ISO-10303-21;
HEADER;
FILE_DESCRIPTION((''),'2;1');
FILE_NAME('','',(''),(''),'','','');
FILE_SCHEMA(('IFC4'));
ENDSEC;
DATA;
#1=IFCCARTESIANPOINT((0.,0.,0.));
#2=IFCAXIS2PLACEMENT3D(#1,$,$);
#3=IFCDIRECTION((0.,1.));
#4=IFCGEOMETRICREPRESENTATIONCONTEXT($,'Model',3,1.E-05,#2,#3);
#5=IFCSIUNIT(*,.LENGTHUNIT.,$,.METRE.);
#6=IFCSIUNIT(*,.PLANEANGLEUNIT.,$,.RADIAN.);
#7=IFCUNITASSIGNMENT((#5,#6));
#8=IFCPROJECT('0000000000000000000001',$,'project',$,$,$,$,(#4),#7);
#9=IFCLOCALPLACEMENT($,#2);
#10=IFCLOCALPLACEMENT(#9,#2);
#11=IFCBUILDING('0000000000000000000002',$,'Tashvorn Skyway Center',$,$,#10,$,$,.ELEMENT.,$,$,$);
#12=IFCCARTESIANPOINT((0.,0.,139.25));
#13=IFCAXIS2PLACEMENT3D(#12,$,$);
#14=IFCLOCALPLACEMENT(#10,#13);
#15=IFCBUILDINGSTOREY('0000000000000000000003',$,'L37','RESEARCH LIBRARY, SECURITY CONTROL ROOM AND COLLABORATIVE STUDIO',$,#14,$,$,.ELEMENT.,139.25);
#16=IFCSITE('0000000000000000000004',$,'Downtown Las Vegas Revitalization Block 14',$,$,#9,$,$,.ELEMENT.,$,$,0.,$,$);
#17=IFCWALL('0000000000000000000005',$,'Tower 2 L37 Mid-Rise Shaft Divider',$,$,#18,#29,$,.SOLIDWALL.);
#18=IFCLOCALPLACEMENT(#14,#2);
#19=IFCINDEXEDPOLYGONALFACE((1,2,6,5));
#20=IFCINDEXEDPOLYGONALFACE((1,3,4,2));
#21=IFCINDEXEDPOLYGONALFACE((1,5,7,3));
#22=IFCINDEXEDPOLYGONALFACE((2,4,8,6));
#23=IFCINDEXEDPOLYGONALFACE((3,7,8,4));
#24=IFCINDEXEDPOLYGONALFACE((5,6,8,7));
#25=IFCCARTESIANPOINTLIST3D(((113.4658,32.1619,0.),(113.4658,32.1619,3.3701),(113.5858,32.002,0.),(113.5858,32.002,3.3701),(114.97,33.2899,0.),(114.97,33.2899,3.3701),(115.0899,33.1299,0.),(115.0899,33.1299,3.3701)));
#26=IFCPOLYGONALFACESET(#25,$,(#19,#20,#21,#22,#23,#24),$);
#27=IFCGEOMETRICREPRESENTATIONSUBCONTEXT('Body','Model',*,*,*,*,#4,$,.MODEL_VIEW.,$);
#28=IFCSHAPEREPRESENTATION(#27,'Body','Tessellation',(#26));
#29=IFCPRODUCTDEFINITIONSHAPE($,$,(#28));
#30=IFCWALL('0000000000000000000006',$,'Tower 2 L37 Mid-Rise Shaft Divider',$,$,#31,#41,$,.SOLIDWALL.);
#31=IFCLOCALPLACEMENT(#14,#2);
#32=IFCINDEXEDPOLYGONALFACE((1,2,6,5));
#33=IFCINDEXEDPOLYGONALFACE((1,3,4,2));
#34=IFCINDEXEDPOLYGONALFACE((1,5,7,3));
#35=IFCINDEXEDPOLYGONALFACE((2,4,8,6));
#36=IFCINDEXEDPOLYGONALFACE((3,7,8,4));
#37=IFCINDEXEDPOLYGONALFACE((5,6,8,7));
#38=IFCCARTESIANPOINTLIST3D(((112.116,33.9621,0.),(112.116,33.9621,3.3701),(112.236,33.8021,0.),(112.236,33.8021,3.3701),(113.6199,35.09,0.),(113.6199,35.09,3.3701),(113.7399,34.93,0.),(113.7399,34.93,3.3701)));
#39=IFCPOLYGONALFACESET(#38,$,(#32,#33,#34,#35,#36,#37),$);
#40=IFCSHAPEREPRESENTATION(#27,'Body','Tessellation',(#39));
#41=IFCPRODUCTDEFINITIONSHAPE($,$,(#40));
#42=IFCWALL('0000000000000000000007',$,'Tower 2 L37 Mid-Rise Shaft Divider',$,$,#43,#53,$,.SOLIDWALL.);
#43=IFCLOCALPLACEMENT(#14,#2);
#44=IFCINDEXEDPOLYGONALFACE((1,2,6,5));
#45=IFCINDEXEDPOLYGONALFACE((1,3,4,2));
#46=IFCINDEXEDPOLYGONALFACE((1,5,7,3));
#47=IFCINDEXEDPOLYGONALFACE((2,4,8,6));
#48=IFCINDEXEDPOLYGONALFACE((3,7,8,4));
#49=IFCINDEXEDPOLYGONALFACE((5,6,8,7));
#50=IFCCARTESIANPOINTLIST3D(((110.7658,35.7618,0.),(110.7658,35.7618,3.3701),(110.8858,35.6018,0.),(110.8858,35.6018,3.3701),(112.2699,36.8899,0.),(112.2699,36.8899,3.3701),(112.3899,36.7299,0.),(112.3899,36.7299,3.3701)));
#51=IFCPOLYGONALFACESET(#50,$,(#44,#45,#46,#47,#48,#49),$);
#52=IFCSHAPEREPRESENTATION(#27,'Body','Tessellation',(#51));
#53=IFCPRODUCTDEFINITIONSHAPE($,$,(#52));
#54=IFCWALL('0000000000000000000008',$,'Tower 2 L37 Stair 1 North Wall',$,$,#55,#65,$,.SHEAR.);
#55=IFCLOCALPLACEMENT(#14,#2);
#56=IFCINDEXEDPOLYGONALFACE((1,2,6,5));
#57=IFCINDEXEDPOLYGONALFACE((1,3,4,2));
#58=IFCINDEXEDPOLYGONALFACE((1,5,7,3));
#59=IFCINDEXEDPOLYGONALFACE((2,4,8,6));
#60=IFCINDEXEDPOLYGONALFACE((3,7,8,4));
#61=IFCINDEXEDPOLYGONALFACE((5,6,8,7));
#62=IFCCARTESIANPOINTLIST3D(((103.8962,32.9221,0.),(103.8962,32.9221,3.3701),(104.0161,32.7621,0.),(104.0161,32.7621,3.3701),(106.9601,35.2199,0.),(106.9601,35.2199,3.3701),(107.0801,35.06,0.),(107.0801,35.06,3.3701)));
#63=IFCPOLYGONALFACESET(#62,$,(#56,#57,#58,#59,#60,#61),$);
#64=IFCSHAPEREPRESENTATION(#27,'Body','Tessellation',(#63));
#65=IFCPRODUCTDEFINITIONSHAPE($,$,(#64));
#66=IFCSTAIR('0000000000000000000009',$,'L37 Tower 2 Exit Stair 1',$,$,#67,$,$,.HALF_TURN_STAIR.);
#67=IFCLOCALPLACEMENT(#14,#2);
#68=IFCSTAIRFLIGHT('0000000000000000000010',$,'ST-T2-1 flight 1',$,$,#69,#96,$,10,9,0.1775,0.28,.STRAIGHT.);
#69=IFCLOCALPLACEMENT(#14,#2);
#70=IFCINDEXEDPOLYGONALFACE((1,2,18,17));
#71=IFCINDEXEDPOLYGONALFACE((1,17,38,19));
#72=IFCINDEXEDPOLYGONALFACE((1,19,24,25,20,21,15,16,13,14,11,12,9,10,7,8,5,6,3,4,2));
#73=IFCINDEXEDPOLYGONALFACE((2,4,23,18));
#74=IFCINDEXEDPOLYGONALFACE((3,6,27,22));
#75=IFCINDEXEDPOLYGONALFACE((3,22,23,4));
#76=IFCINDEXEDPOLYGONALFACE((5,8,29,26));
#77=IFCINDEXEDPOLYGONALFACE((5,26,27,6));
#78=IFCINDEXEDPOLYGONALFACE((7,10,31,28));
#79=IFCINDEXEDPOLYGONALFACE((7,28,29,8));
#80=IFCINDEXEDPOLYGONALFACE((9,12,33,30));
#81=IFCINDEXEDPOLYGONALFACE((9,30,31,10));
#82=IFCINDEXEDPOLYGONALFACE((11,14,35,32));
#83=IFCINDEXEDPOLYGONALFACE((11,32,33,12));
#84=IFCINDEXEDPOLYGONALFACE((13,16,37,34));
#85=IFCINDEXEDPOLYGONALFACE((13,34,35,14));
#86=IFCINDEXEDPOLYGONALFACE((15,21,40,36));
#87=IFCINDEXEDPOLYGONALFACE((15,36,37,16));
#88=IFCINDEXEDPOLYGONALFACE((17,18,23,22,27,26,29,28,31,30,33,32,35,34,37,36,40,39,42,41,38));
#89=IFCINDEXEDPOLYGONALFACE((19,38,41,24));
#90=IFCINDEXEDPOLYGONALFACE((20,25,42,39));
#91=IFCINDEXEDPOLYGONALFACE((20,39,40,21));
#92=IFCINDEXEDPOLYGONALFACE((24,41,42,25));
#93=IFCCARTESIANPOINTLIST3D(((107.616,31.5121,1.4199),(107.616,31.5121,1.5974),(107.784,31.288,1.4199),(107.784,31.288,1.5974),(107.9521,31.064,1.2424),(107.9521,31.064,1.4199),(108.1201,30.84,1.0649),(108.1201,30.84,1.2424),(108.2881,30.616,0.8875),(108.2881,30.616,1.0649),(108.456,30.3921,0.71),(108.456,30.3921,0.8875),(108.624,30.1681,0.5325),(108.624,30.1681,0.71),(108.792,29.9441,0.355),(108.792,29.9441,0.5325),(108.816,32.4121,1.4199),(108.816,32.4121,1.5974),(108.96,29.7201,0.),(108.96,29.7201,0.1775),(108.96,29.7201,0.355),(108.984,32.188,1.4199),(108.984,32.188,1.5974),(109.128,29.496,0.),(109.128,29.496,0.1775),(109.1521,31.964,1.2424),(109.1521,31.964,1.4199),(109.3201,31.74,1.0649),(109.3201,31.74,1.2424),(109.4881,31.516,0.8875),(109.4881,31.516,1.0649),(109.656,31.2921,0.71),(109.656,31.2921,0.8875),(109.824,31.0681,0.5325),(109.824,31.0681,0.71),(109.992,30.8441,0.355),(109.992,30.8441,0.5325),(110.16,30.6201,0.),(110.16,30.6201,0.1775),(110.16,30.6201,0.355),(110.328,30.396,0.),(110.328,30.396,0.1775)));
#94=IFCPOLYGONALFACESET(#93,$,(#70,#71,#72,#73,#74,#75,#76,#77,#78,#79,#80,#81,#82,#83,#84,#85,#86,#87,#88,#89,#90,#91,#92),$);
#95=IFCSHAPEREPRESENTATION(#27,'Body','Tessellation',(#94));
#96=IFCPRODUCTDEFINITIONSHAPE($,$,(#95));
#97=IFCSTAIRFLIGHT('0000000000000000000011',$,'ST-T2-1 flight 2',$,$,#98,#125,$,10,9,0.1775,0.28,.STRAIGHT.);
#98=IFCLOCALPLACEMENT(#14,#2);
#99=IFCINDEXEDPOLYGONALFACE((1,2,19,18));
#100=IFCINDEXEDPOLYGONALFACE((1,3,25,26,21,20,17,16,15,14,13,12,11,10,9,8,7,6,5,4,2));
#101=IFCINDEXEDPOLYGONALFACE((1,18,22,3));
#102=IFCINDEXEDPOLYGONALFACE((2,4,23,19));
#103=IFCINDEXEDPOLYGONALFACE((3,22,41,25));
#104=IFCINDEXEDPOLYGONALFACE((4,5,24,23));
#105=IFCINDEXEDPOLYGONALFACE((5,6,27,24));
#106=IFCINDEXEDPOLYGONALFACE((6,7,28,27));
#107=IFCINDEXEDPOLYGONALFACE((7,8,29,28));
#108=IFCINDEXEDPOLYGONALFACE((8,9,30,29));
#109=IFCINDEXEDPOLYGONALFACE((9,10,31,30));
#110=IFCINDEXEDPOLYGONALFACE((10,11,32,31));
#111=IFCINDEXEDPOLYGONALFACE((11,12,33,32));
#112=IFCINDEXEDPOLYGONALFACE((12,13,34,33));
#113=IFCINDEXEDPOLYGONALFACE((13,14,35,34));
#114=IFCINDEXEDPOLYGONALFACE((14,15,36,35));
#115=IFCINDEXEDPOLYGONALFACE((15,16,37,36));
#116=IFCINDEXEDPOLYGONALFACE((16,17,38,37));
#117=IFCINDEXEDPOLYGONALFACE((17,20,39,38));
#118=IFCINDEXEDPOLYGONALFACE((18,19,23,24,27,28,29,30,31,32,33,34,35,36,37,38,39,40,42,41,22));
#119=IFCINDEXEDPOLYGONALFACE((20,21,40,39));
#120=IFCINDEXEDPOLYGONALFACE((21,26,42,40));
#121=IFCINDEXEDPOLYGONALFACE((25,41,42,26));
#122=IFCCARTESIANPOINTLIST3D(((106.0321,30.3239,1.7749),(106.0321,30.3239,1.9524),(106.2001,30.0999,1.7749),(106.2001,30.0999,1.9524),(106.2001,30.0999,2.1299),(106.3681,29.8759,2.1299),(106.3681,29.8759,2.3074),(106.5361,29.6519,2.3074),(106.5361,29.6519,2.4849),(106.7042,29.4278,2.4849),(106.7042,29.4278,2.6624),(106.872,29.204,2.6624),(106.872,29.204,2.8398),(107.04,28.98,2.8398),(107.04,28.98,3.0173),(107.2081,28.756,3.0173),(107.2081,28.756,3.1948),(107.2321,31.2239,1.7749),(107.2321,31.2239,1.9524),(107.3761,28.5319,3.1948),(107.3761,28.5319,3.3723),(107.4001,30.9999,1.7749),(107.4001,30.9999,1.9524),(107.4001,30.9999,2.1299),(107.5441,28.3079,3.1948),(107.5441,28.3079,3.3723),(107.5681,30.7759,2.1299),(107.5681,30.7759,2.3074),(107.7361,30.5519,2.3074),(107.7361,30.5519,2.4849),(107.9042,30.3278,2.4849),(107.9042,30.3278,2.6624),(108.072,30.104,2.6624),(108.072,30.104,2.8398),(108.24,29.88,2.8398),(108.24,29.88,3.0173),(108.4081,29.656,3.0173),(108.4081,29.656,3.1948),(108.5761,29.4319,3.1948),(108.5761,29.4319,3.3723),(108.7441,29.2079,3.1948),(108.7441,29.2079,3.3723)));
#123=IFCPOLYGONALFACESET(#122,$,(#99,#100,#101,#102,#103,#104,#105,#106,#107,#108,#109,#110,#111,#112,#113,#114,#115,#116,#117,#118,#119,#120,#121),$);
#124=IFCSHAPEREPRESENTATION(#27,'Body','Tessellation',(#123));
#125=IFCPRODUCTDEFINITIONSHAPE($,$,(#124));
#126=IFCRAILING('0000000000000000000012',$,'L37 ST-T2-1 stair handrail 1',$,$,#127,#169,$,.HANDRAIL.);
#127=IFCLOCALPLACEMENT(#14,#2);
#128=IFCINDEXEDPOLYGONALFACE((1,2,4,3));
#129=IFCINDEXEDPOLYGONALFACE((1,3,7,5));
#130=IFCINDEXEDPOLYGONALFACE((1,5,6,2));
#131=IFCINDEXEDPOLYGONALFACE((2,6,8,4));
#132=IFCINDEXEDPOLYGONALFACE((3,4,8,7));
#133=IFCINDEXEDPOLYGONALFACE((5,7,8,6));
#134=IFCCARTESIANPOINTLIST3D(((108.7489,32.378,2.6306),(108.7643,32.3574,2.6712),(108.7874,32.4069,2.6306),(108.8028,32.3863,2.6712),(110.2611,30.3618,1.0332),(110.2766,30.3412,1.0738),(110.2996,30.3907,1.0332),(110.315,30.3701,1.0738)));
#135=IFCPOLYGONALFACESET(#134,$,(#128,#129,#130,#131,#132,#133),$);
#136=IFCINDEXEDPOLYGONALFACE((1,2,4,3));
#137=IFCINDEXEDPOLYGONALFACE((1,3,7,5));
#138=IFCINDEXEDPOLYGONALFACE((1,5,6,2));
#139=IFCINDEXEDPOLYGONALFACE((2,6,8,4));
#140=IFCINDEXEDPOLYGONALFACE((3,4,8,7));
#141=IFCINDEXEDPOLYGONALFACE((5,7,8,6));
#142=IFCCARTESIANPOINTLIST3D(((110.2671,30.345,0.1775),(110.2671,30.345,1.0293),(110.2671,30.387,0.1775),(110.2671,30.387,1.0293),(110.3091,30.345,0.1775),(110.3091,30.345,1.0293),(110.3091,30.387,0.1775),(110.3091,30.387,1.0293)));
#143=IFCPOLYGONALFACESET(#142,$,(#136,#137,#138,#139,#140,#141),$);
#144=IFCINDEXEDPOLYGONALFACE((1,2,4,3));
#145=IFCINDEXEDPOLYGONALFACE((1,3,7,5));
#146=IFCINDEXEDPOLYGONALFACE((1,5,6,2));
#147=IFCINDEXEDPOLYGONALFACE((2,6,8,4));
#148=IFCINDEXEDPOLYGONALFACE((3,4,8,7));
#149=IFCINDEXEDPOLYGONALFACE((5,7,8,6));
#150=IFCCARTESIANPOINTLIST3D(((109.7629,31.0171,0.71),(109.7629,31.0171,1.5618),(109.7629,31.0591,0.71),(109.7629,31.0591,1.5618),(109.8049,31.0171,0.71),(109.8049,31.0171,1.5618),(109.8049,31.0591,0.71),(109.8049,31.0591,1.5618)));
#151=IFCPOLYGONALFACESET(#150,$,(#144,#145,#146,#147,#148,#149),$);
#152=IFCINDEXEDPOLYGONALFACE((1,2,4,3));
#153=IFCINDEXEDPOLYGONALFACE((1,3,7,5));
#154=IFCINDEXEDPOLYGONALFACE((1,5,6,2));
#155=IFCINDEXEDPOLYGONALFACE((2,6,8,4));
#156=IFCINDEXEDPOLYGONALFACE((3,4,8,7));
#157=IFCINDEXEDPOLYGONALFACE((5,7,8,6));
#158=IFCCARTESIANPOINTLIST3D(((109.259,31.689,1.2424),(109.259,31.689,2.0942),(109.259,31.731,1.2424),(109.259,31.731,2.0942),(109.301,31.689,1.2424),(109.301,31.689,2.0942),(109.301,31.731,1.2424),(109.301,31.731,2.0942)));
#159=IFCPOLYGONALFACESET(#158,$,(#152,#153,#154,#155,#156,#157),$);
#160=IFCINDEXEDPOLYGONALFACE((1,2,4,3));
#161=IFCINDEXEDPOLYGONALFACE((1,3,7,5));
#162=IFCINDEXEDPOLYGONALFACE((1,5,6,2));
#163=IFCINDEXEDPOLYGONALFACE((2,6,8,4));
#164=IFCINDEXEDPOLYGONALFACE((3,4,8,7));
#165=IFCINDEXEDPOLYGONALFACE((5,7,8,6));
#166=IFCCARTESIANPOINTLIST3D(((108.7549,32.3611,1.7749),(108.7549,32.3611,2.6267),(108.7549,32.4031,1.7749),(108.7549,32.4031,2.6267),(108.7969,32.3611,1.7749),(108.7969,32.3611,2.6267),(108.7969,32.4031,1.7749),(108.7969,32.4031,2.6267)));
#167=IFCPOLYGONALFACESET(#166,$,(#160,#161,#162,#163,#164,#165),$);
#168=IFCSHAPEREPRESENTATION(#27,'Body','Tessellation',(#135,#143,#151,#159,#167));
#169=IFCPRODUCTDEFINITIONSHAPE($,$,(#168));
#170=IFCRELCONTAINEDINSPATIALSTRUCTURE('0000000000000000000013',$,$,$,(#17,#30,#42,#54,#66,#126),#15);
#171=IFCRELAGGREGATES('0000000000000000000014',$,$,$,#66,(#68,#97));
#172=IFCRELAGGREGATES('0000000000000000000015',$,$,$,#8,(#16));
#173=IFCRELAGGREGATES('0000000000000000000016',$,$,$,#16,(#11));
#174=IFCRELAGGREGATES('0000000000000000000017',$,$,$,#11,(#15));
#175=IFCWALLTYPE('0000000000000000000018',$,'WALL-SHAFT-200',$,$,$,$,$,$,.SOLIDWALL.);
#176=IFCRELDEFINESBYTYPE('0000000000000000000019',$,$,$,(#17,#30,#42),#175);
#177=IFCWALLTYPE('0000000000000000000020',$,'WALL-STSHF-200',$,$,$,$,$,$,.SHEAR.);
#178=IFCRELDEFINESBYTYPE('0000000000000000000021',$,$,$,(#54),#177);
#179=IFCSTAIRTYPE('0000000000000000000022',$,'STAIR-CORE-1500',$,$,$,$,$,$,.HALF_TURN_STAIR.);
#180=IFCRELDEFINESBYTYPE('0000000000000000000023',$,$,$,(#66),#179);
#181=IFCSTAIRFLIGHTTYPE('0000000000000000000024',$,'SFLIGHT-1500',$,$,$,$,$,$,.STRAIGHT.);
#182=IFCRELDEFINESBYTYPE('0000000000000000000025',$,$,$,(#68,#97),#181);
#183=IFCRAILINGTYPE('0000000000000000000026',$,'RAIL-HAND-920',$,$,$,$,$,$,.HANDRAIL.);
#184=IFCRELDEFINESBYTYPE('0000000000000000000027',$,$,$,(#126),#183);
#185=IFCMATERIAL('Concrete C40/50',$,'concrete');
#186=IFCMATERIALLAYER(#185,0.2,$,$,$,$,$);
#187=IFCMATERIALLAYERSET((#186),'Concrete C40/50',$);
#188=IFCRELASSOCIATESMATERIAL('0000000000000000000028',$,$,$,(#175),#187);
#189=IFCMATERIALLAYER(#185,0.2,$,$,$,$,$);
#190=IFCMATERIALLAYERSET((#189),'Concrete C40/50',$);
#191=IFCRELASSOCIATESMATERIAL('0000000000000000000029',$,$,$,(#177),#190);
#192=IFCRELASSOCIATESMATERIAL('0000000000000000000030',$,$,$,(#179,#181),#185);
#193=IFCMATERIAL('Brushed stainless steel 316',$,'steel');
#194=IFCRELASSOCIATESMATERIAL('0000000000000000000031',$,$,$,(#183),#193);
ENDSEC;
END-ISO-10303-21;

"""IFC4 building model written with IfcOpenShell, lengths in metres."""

from ifc_helpers import new_model, si_unit, direction, frame, frame_2d, origin, origin_2d, place, context, subcontext, project, spatial, polyline, rectangle, outline, extrude, material, layer, layer_set, type_object, element, aggregate, save


model = new_model("IFC4")

# Units and contexts
model_context = context("Model", 3, precision=1e-05, world=origin(), true_north=direction((0.0, 1.0)))
body_context = subcontext(model_context, "Body", "Model", "MODEL_VIEW")
ifc_project = project(units=[si_unit("LENGTHUNIT", "METRE"), si_unit("PLANEANGLEUNIT", "RADIAN")], contexts=[model_context])

# Site, building, storey
site_placement = place(None, origin())
site = spatial("IfcSite", under=ifc_project, at=site_placement, Name="Downtown Las Vegas Revitalization Block 14", CompositionType="ELEMENT", RefElevation=0.0)
building_placement = place(site_placement, origin())
building = spatial("IfcBuilding", under=site, at=building_placement, Name="Tashvorn Skyway Center", CompositionType="ELEMENT")
storey_placement = place(building_placement, frame((0.0, 0.0, 139.25)))
storey = spatial("IfcBuildingStorey", under=building, at=storey_placement, Name="L37", Description="RESEARCH LIBRARY, SECURITY CONTROL ROOM AND COLLABORATIVE STUDIO", CompositionType="ELEMENT", Elevation=139.25)

# Shared definitions
ifc_material_1 = material(Name="Concrete C40/50", Category="concrete")

# Walls
ifc_layer_1 = layer(ifc_material_1, 0.2)
ifc_layer_set_1 = layer_set([ifc_layer_1], Name="Concrete C40/50")
wall_type_1 = type_object("IfcWallType", Name="WALL-SHAFT-200", PredefinedType="SOLIDWALL", material=ifc_layer_set_1)
wall_1_placement = place(storey_placement, frame((113.5259, 32.082, 0.0), z_axis=(0.0, 0.0, 1.0), x_axis=(0.800047, 0.599938, 0.0)))
element("IfcWall", 1, at=wall_1_placement, inside=storey, type_object=wall_type_1, Name="Tower 2 L37 Mid-Rise Shaft Divider", PredefinedType="SOLIDWALL", context=body_context, shape_type="SweptSolid", body=[
    extrude(rectangle(XDim=1.8801, YDim=0.2, at=frame_2d((0.9399, 0.0))), origin(), (0.0, 0.0, 1.0), 3.3701),
])
wall_2_placement = place(storey_placement, frame((112.176, 33.8821, 0.0), z_axis=(0.0, 0.0, 1.0), x_axis=(0.8, 0.6, 0.0)))
element("IfcWall", 2, at=wall_2_placement, inside=storey, type_object=wall_type_1, Name="Tower 2 L37 Mid-Rise Shaft Divider", PredefinedType="SOLIDWALL", context=body_context, shape_type="SweptSolid", body=[
    extrude(rectangle(XDim=1.8799, YDim=0.2, at=frame_2d((0.9399, 0.0))), origin(), (0.0, 0.0, 1.0), 3.3701),
])
wall_3_placement = place(storey_placement, frame((110.8259, 35.6819, 0.0), z_axis=(0.0, 0.0, 1.0), x_axis=(0.799984, 0.600021, 0.0)))
element("IfcWall", 3, at=wall_3_placement, inside=storey, type_object=wall_type_1, Name="Tower 2 L37 Mid-Rise Shaft Divider", PredefinedType="SOLIDWALL", context=body_context, shape_type="SweptSolid", body=[
    extrude(rectangle(XDim=1.8801, YDim=0.2, at=frame_2d((0.9399, 0.0))), origin(), (0.0, 0.0, 1.0), 3.3701),
])
ifc_layer_2 = layer(ifc_material_1, 0.2)
ifc_layer_set_2 = layer_set([ifc_layer_2], Name="Concrete C40/50")
wall_type_2 = type_object("IfcWallType", Name="WALL-STSHF-200", PredefinedType="SHEAR", material=ifc_layer_set_2)
wall_4_placement = place(storey_placement, frame((103.9561, 32.842, 0.0), z_axis=(0.0, 0.0, 1.0), x_axis=(0.800015, 0.59998, 0.0)))
element("IfcWall", 4, at=wall_4_placement, inside=storey, type_object=wall_type_2, Name="Tower 2 L37 Stair 1 North Wall", PredefinedType="SHEAR", context=body_context, shape_type="SweptSolid", body=[
    extrude(rectangle(XDim=3.8298, YDim=0.2, at=frame_2d((1.915, 0.0))), origin(), (0.0, 0.0, 1.0), 3.3701),
])

# Stair, stair flights
stair_type = type_object("IfcStairType", Name="STAIR-CORE-1500", PredefinedType="HALF_TURN_STAIR", material=ifc_material_1)
stair_placement = place(storey_placement, origin())
stair = element("IfcStair", 5, at=stair_placement, inside=storey, type_object=stair_type, Name="L37 Tower 2 Exit Stair 1", PredefinedType="HALF_TURN_STAIR")
stair_flight_type = type_object("IfcStairFlightType", Name="SFLIGHT-1500", PredefinedType="STRAIGHT", material=ifc_material_1)
stair_flight_1_placement = place(storey_placement, frame((109.728, 29.946, 0.0), z_axis=(0.0, 0.0, 1.0), x_axis=(-0.6, 0.8, 0.0)))
stair_flight_1 = element("IfcStairFlight", 6, at=stair_flight_1_placement, type_object=stair_flight_type, Name="ST-T2-1 flight 1", NumberOfRisers=10, NumberOfTreads=9, PredefinedType="STRAIGHT", RiserHeight=0.1775, TreadLength=0.28, context=body_context, shape_type="SweptSolid", body=[
    extrude(outline(polyline([(0.0, 0.0), (0.0, 0.1775), (0.28, 0.1775), (0.28, 0.355), (0.5601, 0.355), (0.5601, 0.5325), (0.8401, 0.5325), (0.8401, 0.71), (1.1201, 0.71), (1.1201, 0.8875), (1.3999, 0.8875), (1.3999, 1.0649), (1.6799, 1.0649), (1.6799, 1.2424), (1.96, 1.2424), (1.96, 1.4199), (2.24, 1.4199), (2.24, 1.5974), (2.52, 1.5974), (2.52, 1.7749), (2.52, 1.4199), (0.28, 0.0), (0.0, 0.0)])), frame((0.0, 0.75, 0.0), z_axis=(0.0, -1.0, 0.0), x_axis=(1.0, 0.0, 0.0)), (0.0, 0.0, 1.0), 1.5),
])
stair_flight_2_placement = place(storey_placement, frame((106.6321, 30.7739, 1.7749), z_axis=(0.0, 0.0, 1.0), x_axis=(0.6, -0.8, 0.0)))
stair_flight_2 = element("IfcStairFlight", 7, at=stair_flight_2_placement, type_object=stair_flight_type, Name="ST-T2-1 flight 2", NumberOfRisers=10, NumberOfTreads=9, PredefinedType="STRAIGHT", RiserHeight=0.1775, TreadLength=0.28, context=body_context, shape_type="SweptSolid", body=[
    extrude(outline(polyline([(0.0, 0.0), (0.0, 0.1775), (0.28, 0.1775), (0.28, 0.355), (0.5601, 0.355), (0.5601, 0.5325), (0.8401, 0.5325), (0.8401, 0.71), (1.1201, 0.71), (1.1201, 0.8875), (1.3999, 0.8875), (1.3999, 1.0649), (1.6799, 1.0649), (1.6799, 1.2424), (1.96, 1.2424), (1.96, 1.4199), (2.24, 1.4199), (2.24, 1.5974), (2.52, 1.5974), (2.52, 1.7749), (2.52, 1.4199), (0.28, 0.0), (0.0, 0.0)])), frame((0.0, 0.75, 0.0), z_axis=(0.0, -1.0, 0.0), x_axis=(1.0, 0.0, 0.0)), (0.0, 0.0, 1.0), 1.5),
])
aggregate(stair, [stair_flight_1, stair_flight_2])

# Railing
ifc_material_2 = material(Name="Brushed stainless steel 316", Category="steel")
railing_type_1 = type_object("IfcRailingType", Name="RAIL-HAND-920", PredefinedType="HANDRAIL", material=ifc_material_2)
railing_1_placement = place(storey_placement, frame((110.2881, 30.366, 0.1775)))
element("IfcRailing", 8, at=railing_1_placement, inside=storey, type_object=railing_type_1, Name="L37 ST-T2-1 stair handrail 1", PredefinedType="HANDRAIL", context=body_context, shape_type="SweptSolid", body=[
    extrude(rectangle(XDim=0.0481, YDim=0.0481, at=origin_2d()), frame((0.0, 0.0, 0.876), z_axis=(-0.506802, 0.675681, 0.535357), x_axis=(-0.799977, -0.600031, 0.0)), (0.0, 0.0, 1.0), 2.9839),
    extrude(rectangle(XDim=0.042, YDim=0.042, at=origin_2d()), origin(), (0.0, 0.0, 1.0), 0.8518),
    extrude(rectangle(XDim=0.042, YDim=0.042, at=origin_2d()), frame((-0.5042, 0.6721, 0.5325)), (0.0, 0.0, 1.0), 0.8518),
    extrude(rectangle(XDim=0.042, YDim=0.042, at=origin_2d()), frame((-1.0081, 1.344, 1.0649)), (0.0, 0.0, 1.0), 0.8518),
    extrude(rectangle(XDim=0.042, YDim=0.042, at=origin_2d()), frame((-1.5122, 2.0161, 1.5974)), (0.0, 0.0, 1.0), 0.8518),
])

save(model, "model.ifc")
